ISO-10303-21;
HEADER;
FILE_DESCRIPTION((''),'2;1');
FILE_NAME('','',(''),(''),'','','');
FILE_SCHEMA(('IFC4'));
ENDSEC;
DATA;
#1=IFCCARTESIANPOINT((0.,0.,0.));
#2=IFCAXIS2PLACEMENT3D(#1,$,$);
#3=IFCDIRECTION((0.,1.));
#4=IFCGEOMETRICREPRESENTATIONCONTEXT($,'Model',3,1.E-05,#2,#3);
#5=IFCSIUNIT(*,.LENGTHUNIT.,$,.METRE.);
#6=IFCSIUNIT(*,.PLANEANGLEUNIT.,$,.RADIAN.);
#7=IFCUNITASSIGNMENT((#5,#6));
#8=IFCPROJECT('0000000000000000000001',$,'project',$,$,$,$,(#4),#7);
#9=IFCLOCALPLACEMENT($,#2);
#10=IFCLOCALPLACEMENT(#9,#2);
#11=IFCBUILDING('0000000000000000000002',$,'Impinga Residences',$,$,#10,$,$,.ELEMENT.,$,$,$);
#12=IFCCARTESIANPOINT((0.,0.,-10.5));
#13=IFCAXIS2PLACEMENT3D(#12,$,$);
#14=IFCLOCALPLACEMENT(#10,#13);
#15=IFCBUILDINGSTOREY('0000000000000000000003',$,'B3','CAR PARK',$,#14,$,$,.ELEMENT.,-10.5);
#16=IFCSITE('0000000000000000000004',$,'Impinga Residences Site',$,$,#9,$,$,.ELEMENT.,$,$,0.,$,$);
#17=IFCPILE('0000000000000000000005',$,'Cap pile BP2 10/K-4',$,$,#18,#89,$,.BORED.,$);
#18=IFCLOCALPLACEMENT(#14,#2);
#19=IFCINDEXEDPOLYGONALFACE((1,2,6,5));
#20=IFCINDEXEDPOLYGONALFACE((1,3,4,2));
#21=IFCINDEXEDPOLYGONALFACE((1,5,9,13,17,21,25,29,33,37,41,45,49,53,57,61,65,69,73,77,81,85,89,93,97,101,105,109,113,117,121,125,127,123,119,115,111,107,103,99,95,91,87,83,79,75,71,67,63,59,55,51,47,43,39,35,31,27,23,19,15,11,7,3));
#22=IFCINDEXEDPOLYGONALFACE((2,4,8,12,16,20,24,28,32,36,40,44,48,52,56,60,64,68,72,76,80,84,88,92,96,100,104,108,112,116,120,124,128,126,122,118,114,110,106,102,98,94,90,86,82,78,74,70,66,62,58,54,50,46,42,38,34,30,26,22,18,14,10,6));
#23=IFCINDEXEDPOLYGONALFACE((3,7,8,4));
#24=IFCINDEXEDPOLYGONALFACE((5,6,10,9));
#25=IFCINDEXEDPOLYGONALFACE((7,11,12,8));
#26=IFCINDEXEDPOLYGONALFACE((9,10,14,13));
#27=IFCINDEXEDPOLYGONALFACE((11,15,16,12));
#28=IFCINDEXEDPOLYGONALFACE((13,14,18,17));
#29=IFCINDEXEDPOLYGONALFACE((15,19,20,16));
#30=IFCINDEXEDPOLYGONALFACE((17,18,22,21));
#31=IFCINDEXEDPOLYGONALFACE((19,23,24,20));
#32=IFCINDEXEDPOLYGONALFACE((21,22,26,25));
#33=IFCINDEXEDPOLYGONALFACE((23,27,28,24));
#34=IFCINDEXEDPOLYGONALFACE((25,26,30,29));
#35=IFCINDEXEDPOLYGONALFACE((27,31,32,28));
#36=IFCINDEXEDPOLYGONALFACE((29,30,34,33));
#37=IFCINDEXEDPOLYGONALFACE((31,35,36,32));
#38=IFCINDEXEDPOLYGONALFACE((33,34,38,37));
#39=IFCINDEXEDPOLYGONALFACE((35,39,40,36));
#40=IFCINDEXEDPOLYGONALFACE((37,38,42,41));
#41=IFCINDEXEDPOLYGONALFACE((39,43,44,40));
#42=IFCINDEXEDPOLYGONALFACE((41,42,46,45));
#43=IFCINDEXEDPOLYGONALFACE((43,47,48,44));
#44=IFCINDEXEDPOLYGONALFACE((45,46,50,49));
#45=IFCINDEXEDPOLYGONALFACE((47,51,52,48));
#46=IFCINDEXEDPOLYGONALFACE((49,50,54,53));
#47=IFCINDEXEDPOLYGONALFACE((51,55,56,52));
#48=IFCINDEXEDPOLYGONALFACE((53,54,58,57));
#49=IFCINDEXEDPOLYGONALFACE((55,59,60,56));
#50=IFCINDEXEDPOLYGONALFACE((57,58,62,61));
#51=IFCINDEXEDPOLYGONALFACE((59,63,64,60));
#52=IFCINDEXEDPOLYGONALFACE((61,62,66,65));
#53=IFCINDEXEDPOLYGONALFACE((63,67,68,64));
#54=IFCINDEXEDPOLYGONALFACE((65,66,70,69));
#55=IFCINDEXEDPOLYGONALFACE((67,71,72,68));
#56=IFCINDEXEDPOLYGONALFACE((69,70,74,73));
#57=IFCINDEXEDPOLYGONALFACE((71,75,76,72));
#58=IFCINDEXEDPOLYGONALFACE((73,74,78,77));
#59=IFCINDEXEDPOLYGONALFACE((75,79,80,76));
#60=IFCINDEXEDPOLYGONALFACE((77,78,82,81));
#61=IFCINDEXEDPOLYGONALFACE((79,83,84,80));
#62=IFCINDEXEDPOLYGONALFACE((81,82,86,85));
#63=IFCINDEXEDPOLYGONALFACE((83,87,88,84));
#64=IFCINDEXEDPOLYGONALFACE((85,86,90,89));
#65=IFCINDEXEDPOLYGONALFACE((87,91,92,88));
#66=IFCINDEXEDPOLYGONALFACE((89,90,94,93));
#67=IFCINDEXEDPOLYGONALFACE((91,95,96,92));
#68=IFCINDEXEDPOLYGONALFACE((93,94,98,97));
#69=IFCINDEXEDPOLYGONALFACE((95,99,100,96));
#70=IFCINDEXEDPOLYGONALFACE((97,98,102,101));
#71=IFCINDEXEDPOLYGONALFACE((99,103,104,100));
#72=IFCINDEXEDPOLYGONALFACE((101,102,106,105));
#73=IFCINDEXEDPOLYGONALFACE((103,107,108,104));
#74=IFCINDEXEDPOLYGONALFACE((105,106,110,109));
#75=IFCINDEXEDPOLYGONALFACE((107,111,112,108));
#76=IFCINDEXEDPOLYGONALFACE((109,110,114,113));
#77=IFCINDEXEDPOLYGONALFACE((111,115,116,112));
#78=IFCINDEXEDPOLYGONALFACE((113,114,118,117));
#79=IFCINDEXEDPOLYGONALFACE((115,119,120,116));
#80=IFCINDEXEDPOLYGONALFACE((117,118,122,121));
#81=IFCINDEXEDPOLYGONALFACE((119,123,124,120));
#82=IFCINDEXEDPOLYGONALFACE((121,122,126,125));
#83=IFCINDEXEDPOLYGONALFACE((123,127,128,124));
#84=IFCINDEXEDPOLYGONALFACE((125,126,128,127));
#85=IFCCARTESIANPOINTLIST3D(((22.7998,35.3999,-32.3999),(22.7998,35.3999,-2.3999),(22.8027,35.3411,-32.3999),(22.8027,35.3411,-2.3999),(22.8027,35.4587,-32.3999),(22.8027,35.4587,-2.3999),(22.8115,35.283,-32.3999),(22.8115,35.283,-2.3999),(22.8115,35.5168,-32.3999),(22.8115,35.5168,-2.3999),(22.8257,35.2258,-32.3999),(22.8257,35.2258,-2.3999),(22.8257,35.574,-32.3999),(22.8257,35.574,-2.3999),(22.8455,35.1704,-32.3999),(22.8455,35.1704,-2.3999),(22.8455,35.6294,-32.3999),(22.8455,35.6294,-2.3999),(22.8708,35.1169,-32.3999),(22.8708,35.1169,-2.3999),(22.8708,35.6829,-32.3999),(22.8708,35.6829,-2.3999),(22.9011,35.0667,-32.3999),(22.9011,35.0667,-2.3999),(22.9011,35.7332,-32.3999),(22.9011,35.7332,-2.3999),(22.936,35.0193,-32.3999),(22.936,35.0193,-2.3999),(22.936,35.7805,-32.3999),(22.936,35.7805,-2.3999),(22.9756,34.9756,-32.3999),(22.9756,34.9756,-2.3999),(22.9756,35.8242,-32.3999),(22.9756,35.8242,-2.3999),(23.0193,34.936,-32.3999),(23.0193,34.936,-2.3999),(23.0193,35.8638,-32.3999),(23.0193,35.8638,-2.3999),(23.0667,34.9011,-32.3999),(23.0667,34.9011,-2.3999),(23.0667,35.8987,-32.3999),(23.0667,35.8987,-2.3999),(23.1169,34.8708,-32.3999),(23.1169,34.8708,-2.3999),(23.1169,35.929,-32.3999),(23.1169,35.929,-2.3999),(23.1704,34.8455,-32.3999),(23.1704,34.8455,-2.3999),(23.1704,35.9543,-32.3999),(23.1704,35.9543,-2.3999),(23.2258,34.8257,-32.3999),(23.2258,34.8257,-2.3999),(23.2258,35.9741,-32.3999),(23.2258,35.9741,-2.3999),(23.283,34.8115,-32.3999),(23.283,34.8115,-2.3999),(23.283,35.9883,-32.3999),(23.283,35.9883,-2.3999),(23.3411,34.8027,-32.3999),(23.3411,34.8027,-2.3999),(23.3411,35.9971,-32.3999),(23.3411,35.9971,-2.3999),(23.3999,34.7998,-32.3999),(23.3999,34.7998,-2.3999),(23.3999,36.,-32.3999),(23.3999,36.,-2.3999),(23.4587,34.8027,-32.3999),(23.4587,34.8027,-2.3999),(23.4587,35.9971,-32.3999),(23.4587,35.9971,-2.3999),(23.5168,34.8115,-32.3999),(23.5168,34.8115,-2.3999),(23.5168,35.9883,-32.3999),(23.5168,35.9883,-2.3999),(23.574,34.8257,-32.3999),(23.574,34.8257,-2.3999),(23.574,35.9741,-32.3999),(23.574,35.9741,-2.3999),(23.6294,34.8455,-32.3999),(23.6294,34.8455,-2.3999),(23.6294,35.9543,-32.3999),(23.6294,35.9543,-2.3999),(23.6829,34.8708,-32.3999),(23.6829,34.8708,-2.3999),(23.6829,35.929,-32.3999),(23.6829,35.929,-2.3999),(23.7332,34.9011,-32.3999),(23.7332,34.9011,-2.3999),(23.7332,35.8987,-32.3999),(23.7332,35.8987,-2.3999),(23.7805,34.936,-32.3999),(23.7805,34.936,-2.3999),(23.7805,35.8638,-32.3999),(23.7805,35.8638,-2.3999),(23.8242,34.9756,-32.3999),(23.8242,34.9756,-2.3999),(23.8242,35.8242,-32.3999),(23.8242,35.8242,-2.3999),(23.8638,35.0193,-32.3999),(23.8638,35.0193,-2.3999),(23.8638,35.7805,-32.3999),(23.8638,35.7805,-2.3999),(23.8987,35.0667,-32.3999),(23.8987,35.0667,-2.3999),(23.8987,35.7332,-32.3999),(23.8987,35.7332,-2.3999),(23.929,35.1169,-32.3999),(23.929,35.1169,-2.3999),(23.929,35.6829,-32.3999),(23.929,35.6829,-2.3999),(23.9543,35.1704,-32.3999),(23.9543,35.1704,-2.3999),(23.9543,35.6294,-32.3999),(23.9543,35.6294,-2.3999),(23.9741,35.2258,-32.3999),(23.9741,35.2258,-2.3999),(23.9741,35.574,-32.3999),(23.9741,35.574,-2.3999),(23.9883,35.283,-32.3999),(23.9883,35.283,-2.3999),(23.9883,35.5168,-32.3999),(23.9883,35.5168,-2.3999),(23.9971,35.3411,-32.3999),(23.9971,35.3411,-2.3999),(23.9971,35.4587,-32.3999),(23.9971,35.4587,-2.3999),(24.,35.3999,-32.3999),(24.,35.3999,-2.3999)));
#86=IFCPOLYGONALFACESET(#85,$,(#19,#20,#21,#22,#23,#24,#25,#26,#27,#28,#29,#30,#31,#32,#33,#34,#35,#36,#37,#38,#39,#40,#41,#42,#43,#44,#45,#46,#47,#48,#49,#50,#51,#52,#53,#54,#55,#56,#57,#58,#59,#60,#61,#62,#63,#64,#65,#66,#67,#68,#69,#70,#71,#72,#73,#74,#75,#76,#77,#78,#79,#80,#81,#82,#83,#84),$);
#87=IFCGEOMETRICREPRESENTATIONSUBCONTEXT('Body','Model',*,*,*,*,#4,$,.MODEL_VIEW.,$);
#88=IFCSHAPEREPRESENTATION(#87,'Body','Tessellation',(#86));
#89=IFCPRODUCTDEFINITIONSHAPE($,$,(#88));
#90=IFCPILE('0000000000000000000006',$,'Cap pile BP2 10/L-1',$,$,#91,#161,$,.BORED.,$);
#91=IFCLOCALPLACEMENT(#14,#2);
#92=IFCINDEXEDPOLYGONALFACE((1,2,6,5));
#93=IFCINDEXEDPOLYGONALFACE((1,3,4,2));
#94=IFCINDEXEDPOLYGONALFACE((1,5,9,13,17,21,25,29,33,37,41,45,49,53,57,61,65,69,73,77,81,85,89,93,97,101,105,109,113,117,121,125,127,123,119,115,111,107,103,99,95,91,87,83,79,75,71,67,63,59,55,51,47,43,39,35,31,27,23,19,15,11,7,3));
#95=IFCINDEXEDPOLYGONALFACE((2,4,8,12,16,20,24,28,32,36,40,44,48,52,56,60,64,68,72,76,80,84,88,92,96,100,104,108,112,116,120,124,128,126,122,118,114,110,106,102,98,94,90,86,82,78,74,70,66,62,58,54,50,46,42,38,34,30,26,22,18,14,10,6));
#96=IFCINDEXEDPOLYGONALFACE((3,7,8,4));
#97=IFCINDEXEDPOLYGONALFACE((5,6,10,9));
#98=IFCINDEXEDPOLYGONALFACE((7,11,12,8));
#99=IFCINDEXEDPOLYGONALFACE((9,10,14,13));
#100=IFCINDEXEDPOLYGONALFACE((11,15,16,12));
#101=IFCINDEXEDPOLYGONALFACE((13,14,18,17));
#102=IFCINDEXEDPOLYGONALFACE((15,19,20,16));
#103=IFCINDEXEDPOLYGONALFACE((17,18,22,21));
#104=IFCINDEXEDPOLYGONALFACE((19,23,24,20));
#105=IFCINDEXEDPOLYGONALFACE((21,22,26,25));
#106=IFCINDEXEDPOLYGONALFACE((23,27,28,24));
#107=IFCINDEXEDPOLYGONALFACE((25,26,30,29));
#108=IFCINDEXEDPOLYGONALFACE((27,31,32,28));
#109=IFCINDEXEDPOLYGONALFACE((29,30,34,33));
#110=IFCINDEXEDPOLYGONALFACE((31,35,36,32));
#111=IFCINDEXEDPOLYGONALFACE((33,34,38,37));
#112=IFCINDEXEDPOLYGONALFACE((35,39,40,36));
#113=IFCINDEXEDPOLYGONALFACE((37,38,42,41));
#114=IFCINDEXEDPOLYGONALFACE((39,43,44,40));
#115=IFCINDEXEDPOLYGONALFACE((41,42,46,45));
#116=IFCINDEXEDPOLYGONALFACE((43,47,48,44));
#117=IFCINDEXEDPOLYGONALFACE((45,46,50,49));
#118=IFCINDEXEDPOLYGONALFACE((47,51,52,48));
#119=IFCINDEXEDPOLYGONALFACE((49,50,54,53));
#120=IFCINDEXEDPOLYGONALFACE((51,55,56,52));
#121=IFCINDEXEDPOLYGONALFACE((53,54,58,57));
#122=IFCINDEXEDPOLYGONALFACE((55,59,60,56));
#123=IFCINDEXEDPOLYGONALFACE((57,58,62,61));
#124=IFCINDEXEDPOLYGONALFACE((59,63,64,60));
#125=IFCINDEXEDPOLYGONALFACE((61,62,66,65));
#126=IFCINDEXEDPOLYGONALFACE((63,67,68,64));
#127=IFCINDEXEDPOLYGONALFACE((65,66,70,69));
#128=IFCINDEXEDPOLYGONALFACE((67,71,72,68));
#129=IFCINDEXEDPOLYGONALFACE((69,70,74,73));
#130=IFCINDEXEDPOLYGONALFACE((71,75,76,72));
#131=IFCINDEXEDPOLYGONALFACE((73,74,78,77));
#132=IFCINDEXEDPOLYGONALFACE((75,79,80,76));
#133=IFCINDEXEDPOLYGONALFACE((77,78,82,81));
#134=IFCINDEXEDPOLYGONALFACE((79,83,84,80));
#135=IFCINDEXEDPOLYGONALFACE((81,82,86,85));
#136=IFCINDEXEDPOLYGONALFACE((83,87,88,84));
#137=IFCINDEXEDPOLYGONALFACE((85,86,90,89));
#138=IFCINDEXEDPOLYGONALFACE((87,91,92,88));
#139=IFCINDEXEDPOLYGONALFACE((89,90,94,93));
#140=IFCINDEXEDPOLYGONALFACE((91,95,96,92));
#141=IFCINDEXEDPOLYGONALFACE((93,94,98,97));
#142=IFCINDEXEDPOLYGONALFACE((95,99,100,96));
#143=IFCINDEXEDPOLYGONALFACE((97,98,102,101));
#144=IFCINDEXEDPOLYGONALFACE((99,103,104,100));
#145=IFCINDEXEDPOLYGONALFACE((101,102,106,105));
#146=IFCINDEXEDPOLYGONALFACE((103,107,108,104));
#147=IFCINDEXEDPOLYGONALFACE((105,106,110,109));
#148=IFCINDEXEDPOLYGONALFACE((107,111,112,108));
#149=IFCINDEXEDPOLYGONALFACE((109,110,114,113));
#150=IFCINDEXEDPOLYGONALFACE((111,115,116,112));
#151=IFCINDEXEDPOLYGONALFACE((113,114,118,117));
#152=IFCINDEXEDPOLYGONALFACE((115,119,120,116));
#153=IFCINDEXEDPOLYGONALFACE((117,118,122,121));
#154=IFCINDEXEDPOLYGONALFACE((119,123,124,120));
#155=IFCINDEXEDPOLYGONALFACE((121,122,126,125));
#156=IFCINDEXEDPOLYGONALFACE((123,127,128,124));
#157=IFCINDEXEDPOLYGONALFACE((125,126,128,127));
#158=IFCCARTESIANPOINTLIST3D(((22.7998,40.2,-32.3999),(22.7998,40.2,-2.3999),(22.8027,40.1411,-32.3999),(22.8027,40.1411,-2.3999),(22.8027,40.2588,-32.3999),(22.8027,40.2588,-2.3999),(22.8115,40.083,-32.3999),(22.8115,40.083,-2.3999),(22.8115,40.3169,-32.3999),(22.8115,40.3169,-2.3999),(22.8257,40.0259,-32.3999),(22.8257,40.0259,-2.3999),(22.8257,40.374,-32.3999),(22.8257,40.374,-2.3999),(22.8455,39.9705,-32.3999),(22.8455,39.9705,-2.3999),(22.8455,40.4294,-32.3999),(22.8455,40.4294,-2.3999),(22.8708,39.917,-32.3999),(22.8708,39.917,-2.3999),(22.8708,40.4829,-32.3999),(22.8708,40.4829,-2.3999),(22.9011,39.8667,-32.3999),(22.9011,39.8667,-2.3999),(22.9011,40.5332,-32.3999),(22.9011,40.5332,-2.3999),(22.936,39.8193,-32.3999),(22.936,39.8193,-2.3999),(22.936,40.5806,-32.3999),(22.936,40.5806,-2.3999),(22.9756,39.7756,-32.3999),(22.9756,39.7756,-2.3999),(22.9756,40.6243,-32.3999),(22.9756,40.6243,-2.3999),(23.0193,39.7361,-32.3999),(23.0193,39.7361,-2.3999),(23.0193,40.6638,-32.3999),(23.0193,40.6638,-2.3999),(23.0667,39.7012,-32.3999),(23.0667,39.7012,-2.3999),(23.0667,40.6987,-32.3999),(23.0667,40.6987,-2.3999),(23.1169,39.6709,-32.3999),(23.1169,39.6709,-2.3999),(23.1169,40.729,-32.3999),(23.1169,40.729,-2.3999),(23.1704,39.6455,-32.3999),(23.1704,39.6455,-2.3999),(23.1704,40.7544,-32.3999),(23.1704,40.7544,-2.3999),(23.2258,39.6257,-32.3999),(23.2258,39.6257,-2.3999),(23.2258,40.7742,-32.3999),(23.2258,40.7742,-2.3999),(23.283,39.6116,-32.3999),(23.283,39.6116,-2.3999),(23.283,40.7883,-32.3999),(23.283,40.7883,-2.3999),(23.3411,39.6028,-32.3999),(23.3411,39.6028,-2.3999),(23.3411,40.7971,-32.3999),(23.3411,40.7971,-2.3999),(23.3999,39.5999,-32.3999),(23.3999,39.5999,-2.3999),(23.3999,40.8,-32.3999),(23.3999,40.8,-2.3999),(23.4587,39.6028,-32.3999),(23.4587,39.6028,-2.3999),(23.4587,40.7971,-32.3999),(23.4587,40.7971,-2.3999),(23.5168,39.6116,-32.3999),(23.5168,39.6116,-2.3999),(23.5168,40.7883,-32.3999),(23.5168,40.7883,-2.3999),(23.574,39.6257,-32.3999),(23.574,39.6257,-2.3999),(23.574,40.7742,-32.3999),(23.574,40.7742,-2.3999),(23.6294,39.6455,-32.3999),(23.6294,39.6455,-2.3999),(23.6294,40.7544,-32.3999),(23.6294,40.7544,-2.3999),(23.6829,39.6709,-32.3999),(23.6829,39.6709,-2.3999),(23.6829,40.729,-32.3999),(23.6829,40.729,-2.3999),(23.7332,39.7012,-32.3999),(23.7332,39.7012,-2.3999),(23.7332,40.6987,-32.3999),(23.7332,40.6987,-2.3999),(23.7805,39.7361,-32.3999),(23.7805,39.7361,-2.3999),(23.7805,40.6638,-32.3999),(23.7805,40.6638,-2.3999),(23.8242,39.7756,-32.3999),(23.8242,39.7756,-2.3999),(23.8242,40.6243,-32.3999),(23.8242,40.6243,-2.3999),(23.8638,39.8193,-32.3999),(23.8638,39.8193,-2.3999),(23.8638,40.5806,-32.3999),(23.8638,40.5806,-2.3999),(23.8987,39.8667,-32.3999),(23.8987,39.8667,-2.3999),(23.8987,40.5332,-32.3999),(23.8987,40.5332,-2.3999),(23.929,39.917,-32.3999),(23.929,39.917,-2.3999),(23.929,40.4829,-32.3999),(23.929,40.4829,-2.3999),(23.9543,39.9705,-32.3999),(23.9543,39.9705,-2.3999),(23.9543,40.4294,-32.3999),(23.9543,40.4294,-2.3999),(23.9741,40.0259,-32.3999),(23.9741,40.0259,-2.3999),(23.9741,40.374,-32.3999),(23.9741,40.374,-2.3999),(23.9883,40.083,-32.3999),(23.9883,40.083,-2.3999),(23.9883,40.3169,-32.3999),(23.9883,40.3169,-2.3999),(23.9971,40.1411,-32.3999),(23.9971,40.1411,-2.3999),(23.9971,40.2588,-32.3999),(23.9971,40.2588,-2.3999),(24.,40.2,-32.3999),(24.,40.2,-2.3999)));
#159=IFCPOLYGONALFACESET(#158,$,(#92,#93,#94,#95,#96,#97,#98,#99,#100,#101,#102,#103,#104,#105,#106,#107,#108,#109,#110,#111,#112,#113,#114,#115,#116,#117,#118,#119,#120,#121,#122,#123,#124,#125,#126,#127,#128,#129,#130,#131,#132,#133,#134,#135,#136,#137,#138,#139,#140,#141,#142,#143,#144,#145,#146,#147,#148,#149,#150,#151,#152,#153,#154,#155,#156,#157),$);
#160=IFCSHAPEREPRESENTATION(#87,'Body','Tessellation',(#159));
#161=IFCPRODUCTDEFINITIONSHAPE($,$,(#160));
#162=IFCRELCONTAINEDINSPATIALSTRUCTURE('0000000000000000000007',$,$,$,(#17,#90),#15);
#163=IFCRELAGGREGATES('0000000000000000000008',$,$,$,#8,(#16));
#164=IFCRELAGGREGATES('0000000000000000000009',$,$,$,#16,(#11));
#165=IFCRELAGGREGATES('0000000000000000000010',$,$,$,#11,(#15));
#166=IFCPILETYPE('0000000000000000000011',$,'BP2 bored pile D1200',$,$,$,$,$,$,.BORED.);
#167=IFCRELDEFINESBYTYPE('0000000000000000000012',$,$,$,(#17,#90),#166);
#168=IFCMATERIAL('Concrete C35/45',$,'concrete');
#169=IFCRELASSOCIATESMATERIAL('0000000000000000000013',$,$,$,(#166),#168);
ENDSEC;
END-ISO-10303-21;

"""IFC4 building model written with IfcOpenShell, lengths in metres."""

from ifc_helpers import new_model, si_unit, direction, frame, origin, origin_2d, place, context, subcontext, project, spatial, polyline, circle, outline, extrude, material, material_profile, profile_set, type_object, element, save


model = new_model("IFC4")

# Units and contexts
model_context = context("Model", 3, precision=1e-05, world=origin(), true_north=direction((0.0, 1.0)))
body_context = subcontext(model_context, "Body", "Model", "MODEL_VIEW")
ifc_project = project(units=[si_unit("LENGTHUNIT", "METRE"), si_unit("PLANEANGLEUNIT", "RADIAN")], contexts=[model_context])

# Site, building, storey
site_placement = place(None, origin())
site = spatial("IfcSite", under=ifc_project, at=site_placement, Name="Impinga Residences Site", CompositionType="ELEMENT", RefElevation=0.0)
building_placement = place(site_placement, origin())
building = spatial("IfcBuilding", under=site, at=building_placement, Name="Impinga Residences", CompositionType="ELEMENT")
storey_placement = place(building_placement, frame((0.0, 0.0, -10.5)))
storey = spatial("IfcBuildingStorey", under=building, at=storey_placement, Name="B3", Description="CAR PARK", CompositionType="ELEMENT", Elevation=-10.5)

# Piles
ifc_material_1 = material(Name="Concrete C35/45", Category="concrete")
ifc_material_profile_1 = material_profile(ifc_material_1, circle(Radius=0.6001, at=origin_2d()), Name="D1200")
ifc_profile_set_1 = profile_set([ifc_material_profile_1], Name="Concrete C35/45")
pile_type_1 = type_object("IfcPileType", Name="BP2 bored pile D1200", PredefinedType="BORED", material=ifc_profile_set_1)
pile_1_placement = place(storey_placement, frame((23.3999, 35.3999, -2.3999), z_axis=(0.0, 0.0, -1.0), x_axis=(1.0, 0.0, 0.0)))
element("IfcPile", 1, at=pile_1_placement, inside=storey, type_object=pile_type_1, Name="Cap pile BP2 10/K-4", PredefinedType="BORED", context=body_context, shape_type="SweptSolid", body=[
    extrude(outline(polyline([(0.6001, 0.0), (0.5972, 0.0588), (0.5884, 0.1169), (0.5742, 0.1741), (0.5544, 0.2295), (0.5291, 0.283), (0.4988, 0.3333), (0.4639, 0.3806), (0.4243, 0.4243), (0.3806, 0.4639), (0.3333, 0.4988), (0.283, 0.5291), (0.2295, 0.5544), (0.1741, 0.5742), (0.1169, 0.5884), (0.0588, 0.5972), (0.0, 0.6001), (-0.0588, 0.5972), (-0.1169, 0.5884), (-0.1741, 0.5742), (-0.2295, 0.5544), (-0.283, 0.5291), (-0.3333, 0.4988), (-0.3806, 0.4639), (-0.4243, 0.4243), (-0.4639, 0.3806), (-0.4988, 0.3333), (-0.5291, 0.283), (-0.5544, 0.2295), (-0.5742, 0.1741), (-0.5884, 0.1169), (-0.5972, 0.0588), (-0.6001, 0.0), (-0.5972, -0.0588), (-0.5884, -0.1169), (-0.5742, -0.1741), (-0.5544, -0.2295), (-0.5291, -0.283), (-0.4988, -0.3333), (-0.4639, -0.3806), (-0.4243, -0.4243), (-0.3806, -0.4639), (-0.3333, -0.4988), (-0.283, -0.5291), (-0.2295, -0.5544), (-0.1741, -0.5742), (-0.1169, -0.5884), (-0.0588, -0.5972), (0.0, -0.6001), (0.0588, -0.5972), (0.1169, -0.5884), (0.1741, -0.5742), (0.2295, -0.5544), (0.283, -0.5291), (0.3333, -0.4988), (0.3806, -0.4639), (0.4243, -0.4243), (0.4639, -0.3806), (0.4988, -0.3333), (0.5291, -0.283), (0.5544, -0.2295), (0.5742, -0.1741), (0.5884, -0.1169), (0.5972, -0.0588), (0.6001, 0.0)])), origin(), (0.0, 0.0, 1.0), 30.0),
])
pile_2_placement = place(storey_placement, frame((23.3999, 40.2, -2.3999), z_axis=(0.0, 0.0, -1.0), x_axis=(1.0, 0.0, 0.0)))
element("IfcPile", 2, at=pile_2_placement, inside=storey, type_object=pile_type_1, Name="Cap pile BP2 10/L-1", PredefinedType="BORED", context=body_context, shape_type="SweptSolid", body=[
    extrude(outline(polyline([(0.6001, 0.0), (0.5972, 0.0588), (0.5884, 0.1169), (0.5742, 0.1741), (0.5544, 0.2295), (0.5291, 0.283), (0.4988, 0.3333), (0.4639, 0.3806), (0.4243, 0.4243), (0.3806, 0.4639), (0.3333, 0.4988), (0.283, 0.5291), (0.2295, 0.5544), (0.1741, 0.5742), (0.1169, 0.5884), (0.0588, 0.5972), (0.0, 0.6001), (-0.0588, 0.5972), (-0.1169, 0.5884), (-0.1741, 0.5742), (-0.2295, 0.5544), (-0.283, 0.5291), (-0.3333, 0.4988), (-0.3806, 0.4639), (-0.4243, 0.4243), (-0.4639, 0.3806), (-0.4988, 0.3333), (-0.5291, 0.283), (-0.5544, 0.2295), (-0.5742, 0.1741), (-0.5884, 0.1169), (-0.5972, 0.0588), (-0.6001, 0.0), (-0.5972, -0.0588), (-0.5884, -0.1169), (-0.5742, -0.1741), (-0.5544, -0.2295), (-0.5291, -0.283), (-0.4988, -0.3333), (-0.4639, -0.3806), (-0.4243, -0.4243), (-0.3806, -0.4639), (-0.3333, -0.4988), (-0.283, -0.5291), (-0.2295, -0.5544), (-0.1741, -0.5742), (-0.1169, -0.5884), (-0.0588, -0.5972), (0.0, -0.6001), (0.0588, -0.5972), (0.1169, -0.5884), (0.1741, -0.5742), (0.2295, -0.5544), (0.283, -0.5291), (0.3333, -0.4988), (0.3806, -0.4639), (0.4243, -0.4243), (0.4639, -0.3806), (0.4988, -0.3333), (0.5291, -0.283), (0.5544, -0.2295), (0.5742, -0.1741), (0.5884, -0.1169), (0.5972, -0.0588), (0.6001, 0.0)])), origin(), (0.0, 0.0, 1.0), 30.0),
])

save(model, "model.ifc")
